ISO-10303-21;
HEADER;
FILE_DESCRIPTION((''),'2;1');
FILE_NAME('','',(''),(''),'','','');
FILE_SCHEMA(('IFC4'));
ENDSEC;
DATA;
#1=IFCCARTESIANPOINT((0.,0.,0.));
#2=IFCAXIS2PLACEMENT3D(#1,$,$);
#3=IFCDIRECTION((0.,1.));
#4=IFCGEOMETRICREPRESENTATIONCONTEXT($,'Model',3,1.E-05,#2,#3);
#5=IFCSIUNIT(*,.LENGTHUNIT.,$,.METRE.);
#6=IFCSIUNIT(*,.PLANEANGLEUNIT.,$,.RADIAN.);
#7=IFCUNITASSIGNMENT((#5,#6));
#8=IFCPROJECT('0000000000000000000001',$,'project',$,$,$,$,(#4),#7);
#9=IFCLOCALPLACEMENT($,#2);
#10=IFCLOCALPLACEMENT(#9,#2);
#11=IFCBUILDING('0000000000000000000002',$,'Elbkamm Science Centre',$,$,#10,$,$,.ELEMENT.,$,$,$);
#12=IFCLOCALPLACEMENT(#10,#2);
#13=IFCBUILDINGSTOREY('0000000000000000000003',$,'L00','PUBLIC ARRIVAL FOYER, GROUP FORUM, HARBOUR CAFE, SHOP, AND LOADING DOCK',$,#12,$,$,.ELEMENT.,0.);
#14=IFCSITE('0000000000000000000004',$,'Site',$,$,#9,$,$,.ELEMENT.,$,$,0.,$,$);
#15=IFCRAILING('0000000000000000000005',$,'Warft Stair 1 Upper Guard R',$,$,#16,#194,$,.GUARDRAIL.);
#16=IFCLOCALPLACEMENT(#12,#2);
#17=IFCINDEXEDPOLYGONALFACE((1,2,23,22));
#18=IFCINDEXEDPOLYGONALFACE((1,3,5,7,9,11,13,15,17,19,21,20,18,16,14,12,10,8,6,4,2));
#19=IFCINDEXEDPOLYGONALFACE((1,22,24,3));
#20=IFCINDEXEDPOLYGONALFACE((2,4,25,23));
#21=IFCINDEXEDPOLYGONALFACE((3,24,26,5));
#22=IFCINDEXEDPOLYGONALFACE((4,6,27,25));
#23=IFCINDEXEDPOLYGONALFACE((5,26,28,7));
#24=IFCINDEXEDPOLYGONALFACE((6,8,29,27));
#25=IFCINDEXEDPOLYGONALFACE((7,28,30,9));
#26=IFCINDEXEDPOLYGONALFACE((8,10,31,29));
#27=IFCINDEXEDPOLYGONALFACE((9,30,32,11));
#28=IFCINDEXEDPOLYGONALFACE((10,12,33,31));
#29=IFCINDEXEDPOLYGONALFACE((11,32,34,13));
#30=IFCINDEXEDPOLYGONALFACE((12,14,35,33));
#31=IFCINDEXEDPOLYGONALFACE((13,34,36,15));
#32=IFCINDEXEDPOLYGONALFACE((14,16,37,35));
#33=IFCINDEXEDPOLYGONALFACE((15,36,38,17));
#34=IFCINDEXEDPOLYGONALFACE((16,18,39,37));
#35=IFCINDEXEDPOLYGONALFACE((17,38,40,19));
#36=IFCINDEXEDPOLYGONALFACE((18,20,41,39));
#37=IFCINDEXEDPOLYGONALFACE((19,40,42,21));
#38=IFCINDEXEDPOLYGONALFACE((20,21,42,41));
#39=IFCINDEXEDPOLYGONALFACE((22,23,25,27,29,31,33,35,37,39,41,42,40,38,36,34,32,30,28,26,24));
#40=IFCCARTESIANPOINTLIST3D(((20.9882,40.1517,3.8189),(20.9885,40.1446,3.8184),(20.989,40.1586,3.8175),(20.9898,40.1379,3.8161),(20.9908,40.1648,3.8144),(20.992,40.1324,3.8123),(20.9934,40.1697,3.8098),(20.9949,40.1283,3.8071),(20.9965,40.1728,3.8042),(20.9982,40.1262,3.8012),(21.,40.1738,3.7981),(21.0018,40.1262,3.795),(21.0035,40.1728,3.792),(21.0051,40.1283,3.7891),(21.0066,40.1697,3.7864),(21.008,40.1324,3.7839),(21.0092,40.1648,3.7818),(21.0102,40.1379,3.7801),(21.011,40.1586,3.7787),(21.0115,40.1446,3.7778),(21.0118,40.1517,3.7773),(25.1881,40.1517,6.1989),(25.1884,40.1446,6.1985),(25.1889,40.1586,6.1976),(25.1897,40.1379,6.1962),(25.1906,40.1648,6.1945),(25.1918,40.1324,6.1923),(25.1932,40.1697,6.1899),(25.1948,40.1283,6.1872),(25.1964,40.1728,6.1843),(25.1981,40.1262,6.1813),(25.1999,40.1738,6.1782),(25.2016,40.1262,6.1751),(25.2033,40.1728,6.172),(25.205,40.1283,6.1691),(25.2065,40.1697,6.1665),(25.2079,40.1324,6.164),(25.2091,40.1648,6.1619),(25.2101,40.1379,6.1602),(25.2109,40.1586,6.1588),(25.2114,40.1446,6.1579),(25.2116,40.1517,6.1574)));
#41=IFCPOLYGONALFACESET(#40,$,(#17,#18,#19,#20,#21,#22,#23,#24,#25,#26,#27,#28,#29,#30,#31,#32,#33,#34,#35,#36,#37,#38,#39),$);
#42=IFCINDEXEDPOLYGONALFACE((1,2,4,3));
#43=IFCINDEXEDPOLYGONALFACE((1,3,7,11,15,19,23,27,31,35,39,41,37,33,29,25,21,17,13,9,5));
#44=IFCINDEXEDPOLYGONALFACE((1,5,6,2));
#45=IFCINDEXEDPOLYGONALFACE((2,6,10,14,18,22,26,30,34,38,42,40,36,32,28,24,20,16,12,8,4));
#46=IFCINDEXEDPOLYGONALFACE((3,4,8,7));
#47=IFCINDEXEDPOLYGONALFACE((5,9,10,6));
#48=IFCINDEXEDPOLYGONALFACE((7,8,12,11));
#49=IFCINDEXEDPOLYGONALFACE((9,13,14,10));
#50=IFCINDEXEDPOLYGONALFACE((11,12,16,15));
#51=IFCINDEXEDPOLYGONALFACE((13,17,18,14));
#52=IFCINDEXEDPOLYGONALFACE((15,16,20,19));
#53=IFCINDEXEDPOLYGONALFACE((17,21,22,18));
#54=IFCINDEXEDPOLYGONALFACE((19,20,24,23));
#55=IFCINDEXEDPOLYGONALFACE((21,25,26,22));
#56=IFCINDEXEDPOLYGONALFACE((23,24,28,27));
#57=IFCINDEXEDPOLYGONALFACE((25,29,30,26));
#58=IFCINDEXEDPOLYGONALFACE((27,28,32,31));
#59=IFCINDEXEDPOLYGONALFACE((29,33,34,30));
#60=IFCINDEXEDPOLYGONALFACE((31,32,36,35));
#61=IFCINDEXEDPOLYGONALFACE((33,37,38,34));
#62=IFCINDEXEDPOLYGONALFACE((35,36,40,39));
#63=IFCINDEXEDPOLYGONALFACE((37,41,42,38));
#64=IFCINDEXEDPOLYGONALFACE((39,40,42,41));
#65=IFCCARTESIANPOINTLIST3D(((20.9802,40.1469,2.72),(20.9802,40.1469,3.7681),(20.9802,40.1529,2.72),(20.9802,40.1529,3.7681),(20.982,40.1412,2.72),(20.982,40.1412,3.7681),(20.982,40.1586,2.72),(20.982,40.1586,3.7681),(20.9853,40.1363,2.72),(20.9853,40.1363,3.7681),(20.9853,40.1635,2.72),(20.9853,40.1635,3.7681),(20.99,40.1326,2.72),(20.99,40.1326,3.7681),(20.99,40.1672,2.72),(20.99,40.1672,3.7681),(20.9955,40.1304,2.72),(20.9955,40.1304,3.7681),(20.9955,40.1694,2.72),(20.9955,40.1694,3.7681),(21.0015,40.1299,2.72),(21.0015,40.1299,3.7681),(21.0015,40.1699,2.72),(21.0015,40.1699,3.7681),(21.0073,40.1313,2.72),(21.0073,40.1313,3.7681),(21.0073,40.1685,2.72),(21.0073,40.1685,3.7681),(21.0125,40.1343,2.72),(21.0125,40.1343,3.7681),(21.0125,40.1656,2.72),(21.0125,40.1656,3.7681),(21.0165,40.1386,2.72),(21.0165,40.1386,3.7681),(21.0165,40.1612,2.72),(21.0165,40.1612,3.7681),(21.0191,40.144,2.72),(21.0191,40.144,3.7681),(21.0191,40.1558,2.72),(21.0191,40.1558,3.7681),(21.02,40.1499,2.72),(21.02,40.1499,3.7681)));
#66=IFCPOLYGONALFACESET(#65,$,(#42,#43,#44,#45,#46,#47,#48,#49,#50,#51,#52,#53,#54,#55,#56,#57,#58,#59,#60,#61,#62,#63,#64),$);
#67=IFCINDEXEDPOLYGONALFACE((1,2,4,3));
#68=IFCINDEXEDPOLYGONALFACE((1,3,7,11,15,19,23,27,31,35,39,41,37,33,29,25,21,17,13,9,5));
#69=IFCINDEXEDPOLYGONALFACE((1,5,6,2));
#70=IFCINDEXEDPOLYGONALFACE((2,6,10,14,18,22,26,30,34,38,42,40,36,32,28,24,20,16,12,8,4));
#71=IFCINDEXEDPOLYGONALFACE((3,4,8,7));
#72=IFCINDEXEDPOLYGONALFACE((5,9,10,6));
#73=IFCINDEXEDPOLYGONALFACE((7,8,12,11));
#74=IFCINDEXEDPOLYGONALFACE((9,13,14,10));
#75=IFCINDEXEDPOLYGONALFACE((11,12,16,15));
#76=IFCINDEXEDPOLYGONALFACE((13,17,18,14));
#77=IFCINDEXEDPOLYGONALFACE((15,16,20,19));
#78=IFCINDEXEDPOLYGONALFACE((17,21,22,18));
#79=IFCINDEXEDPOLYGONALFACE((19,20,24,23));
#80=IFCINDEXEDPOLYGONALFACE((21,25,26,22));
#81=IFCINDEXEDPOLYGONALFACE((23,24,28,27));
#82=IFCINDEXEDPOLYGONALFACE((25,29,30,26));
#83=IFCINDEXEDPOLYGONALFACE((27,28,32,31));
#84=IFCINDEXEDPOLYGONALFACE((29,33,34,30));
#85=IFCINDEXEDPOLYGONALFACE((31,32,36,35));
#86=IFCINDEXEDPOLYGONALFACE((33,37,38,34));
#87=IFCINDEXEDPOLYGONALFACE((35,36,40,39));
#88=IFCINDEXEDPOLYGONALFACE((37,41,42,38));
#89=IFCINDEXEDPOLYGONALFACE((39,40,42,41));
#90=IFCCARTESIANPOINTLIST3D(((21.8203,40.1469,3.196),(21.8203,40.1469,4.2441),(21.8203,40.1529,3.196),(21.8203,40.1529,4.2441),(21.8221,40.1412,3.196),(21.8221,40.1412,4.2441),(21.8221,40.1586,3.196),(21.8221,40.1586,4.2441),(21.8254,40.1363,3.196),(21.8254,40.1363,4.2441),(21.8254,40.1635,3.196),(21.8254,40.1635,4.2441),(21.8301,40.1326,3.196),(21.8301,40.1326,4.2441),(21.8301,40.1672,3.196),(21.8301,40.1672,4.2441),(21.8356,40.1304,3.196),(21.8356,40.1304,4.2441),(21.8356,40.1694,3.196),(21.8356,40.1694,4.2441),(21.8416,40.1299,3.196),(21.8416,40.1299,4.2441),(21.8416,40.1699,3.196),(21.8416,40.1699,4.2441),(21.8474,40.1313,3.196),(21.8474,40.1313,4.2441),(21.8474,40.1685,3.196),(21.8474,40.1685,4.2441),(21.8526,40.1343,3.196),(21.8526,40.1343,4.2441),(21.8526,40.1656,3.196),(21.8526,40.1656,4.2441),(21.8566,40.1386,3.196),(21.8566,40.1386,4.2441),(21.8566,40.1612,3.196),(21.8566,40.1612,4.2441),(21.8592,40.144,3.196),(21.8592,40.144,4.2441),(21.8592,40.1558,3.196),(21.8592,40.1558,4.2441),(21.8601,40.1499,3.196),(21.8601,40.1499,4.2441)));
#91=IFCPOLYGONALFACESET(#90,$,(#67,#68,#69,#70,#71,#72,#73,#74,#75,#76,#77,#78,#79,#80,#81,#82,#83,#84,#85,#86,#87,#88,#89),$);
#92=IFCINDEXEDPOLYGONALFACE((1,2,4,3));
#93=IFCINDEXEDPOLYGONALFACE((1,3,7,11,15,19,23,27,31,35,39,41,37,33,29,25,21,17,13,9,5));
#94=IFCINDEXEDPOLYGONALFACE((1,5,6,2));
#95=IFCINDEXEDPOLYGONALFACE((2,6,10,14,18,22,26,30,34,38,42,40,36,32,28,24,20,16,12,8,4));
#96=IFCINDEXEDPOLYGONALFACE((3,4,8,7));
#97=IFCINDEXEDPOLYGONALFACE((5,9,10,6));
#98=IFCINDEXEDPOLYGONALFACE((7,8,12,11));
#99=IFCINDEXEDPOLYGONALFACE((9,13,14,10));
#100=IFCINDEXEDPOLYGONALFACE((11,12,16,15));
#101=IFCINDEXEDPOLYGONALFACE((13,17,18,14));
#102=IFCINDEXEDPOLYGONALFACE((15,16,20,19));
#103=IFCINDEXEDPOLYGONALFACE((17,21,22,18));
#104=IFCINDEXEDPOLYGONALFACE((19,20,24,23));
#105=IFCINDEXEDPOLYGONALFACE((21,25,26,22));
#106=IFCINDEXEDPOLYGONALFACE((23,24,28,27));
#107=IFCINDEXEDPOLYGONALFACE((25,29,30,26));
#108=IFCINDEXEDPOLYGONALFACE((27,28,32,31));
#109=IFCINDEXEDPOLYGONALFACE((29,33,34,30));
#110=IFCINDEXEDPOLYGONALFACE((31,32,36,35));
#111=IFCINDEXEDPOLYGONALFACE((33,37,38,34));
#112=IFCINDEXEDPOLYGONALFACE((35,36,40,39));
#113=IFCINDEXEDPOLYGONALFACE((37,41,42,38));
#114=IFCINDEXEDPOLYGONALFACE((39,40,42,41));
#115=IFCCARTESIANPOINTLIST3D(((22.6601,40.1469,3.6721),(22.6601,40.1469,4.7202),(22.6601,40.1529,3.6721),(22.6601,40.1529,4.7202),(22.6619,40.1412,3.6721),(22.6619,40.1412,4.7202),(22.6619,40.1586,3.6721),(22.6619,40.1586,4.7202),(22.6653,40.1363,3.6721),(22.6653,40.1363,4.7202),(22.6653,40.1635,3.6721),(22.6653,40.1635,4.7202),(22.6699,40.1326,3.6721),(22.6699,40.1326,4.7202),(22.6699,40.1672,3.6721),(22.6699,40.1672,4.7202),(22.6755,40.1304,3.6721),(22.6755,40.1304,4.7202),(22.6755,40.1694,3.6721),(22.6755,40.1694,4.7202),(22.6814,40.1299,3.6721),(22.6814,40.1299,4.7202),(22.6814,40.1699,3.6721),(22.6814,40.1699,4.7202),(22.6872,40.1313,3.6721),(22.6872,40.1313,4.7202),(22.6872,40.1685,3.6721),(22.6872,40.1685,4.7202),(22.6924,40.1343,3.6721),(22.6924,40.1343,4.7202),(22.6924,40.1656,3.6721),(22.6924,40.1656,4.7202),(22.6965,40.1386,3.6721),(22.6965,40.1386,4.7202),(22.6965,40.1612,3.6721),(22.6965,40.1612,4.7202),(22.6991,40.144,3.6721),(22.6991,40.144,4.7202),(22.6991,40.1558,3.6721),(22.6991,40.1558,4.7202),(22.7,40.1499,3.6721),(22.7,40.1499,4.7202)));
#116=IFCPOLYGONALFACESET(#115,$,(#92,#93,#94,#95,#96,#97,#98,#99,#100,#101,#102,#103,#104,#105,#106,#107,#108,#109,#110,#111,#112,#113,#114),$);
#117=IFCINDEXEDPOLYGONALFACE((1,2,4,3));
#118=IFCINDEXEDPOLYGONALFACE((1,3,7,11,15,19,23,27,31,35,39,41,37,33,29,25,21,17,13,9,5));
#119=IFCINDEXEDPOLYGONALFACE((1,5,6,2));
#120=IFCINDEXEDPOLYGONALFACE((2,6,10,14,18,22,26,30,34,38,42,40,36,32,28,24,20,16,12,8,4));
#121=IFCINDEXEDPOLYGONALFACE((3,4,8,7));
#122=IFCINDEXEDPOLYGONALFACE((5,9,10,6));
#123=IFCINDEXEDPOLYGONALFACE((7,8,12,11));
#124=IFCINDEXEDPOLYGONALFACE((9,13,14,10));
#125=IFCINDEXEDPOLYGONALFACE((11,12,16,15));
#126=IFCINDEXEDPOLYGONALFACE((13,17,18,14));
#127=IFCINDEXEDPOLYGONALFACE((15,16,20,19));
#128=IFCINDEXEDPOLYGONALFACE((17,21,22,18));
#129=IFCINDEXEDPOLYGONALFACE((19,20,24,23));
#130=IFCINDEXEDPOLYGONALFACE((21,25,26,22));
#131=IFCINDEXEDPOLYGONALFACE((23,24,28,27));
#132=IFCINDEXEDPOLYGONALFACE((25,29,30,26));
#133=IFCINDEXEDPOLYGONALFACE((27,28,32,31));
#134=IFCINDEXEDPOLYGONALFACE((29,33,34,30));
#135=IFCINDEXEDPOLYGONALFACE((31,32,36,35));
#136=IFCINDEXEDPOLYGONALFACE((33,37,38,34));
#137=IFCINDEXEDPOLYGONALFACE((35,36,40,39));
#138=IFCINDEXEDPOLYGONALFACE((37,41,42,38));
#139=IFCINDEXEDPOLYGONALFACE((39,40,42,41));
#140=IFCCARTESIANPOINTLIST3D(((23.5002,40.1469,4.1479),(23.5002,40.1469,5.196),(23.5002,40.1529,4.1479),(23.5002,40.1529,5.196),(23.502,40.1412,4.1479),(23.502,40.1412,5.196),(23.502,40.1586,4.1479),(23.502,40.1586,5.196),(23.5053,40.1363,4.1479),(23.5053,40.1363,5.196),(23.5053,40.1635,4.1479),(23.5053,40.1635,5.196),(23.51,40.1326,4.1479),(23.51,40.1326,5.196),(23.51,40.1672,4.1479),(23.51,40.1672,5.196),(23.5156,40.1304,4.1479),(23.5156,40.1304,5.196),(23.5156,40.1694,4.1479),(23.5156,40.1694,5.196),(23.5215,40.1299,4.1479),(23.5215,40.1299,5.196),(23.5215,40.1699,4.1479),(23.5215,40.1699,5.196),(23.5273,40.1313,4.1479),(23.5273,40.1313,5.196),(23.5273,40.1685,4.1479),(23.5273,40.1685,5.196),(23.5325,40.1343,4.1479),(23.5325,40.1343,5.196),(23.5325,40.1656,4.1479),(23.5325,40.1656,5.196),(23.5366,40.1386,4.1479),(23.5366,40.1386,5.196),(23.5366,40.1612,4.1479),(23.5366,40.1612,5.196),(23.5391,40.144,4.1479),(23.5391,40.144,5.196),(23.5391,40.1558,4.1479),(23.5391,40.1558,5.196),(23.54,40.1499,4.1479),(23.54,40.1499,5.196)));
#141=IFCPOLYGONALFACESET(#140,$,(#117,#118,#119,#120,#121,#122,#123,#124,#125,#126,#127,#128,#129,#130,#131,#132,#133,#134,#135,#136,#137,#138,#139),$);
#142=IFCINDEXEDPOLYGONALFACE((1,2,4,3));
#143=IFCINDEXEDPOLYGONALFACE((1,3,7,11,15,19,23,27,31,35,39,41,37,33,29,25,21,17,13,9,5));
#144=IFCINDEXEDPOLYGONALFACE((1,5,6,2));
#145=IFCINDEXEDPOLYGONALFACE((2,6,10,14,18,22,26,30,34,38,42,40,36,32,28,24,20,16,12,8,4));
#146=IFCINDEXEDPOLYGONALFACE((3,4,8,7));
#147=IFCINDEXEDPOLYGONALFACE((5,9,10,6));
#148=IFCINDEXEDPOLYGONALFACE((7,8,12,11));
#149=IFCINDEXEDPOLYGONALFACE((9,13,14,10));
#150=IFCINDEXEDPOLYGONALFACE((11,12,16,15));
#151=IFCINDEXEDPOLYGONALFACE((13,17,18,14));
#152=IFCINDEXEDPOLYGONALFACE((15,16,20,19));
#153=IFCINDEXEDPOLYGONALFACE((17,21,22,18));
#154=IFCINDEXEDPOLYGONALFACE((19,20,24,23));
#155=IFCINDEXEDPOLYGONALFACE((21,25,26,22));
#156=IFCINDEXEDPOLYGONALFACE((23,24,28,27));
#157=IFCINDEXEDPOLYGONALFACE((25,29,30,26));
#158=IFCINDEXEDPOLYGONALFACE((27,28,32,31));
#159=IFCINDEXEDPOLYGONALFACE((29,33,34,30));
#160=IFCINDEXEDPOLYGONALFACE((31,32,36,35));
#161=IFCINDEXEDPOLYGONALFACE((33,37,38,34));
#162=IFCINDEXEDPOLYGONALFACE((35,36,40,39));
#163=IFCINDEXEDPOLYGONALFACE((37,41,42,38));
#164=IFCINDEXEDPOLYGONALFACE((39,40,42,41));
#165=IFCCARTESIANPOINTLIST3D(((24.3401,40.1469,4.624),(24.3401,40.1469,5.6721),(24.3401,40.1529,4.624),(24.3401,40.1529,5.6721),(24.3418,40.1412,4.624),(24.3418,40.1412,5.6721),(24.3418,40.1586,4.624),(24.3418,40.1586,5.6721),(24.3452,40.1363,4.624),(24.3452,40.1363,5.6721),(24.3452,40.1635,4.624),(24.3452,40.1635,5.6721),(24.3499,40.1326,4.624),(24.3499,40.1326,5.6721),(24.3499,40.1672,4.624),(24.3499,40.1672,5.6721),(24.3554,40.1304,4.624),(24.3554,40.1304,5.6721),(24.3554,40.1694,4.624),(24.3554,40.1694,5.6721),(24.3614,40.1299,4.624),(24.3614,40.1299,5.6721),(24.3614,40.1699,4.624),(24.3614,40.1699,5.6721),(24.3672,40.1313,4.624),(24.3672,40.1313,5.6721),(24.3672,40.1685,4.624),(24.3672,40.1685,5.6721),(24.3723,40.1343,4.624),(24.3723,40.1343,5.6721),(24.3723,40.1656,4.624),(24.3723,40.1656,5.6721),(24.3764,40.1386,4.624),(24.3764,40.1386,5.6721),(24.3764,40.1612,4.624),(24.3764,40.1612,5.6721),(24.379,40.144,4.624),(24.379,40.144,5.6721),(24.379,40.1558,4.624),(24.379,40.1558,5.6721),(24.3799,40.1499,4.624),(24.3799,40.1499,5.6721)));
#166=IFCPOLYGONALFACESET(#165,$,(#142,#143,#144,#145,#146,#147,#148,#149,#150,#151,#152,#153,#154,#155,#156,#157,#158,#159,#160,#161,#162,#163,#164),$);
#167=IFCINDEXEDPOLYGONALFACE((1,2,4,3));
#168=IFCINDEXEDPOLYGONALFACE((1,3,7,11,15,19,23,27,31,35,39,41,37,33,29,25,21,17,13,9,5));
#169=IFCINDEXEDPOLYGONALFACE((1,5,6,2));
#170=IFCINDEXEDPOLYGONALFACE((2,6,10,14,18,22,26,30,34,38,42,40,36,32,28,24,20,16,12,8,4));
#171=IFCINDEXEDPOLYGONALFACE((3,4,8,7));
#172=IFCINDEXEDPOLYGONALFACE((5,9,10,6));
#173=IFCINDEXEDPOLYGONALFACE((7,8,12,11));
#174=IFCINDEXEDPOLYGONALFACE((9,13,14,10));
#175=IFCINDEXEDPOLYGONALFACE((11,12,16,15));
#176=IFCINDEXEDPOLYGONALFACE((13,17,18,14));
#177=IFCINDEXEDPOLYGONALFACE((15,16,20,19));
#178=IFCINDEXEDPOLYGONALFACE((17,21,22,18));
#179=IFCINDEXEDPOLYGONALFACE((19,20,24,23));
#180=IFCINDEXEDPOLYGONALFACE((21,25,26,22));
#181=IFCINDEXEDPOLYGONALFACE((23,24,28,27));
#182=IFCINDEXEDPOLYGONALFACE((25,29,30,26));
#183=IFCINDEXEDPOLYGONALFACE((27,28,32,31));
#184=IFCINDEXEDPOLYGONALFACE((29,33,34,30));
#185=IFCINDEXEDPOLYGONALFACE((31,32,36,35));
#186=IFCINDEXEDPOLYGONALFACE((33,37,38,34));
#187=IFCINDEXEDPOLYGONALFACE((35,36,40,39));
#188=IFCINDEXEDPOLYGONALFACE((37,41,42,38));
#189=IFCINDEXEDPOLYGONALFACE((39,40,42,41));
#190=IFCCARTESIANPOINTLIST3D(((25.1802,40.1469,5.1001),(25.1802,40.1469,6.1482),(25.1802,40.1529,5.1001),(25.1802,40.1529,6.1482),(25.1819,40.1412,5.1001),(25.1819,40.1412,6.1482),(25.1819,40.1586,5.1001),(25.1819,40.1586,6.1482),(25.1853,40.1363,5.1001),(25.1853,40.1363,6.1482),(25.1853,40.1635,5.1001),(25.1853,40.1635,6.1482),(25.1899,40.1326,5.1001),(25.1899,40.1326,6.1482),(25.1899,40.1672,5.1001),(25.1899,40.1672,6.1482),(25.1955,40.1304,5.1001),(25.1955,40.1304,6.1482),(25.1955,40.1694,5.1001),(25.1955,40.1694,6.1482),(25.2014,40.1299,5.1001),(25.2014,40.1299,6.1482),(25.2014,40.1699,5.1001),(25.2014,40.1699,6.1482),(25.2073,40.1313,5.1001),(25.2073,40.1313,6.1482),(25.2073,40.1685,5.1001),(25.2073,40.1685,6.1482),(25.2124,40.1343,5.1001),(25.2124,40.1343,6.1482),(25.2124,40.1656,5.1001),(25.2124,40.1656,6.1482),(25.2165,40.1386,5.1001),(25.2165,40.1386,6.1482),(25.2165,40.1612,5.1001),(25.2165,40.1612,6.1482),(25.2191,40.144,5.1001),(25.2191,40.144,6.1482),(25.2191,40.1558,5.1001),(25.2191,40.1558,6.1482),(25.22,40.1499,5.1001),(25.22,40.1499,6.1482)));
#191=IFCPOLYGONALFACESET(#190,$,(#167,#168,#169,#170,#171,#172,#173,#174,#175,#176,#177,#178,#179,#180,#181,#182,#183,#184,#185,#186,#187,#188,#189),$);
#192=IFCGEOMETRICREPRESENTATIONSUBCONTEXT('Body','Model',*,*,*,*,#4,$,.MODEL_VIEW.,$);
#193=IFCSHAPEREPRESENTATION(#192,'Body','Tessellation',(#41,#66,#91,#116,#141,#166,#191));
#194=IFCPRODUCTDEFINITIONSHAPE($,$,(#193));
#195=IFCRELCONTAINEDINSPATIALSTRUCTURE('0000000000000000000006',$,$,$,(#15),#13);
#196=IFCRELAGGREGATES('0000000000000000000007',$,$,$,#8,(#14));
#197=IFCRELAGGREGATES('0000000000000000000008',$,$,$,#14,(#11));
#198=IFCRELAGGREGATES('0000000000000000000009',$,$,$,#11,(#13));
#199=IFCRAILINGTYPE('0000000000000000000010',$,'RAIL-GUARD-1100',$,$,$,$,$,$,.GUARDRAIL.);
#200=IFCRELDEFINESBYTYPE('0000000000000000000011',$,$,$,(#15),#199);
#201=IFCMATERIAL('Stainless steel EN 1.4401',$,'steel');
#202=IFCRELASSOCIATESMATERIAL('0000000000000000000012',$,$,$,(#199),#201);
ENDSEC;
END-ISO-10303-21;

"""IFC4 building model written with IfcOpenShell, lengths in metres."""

from ifc_helpers import new_model, si_unit, direction, frame, origin, origin_2d, place, context, subcontext, project, spatial, circle, extrude, material, type_object, element, save


model = new_model("IFC4")

# Units and contexts
model_context = context("Model", 3, precision=1e-05, world=origin(), true_north=direction((0.0, 1.0)))
body_context = subcontext(model_context, "Body", "Model", "MODEL_VIEW")
ifc_project = project(units=[si_unit("LENGTHUNIT", "METRE"), si_unit("PLANEANGLEUNIT", "RADIAN")], contexts=[model_context])

# Site, building, storey
site_placement = place(None, origin())
site = spatial("IfcSite", under=ifc_project, at=site_placement, Name="Site", CompositionType="ELEMENT", RefElevation=0.0)
building_placement = place(site_placement, origin())
building = spatial("IfcBuilding", under=site, at=building_placement, Name="Elbkamm Science Centre", CompositionType="ELEMENT")
storey_placement = place(building_placement, origin())
storey = spatial("IfcBuildingStorey", under=building, at=storey_placement, Name="L00", Description="PUBLIC ARRIVAL FOYER, GROUP FORUM, HARBOUR CAFE, SHOP, AND LOADING DOCK", CompositionType="ELEMENT", Elevation=0.0)

# Railing
ifc_material_1 = material(Name="Stainless steel EN 1.4401", Category="steel")
railing_type_1 = type_object("IfcRailingType", Name="RAIL-GUARD-1100", PredefinedType="GUARDRAIL", material=ifc_material_1)
for number, where, name in (
    (1, (21.0, 40.1499, 2.72), "Warft Stair 1 Upper Guard R"),
):
    element("IfcRailing", number, at=place(storey_placement, frame(where)), inside=storey, type_object=railing_type_1, Name=name, PredefinedType="GUARDRAIL", context=body_context, shape_type="SweptSolid", body=[
        extrude(circle(Radius=0.0239, at=origin_2d()), frame((0.0, 0.0, 1.0781), z_axis=(0.870008, 0.0, 0.493037), x_axis=(0.0, 1.0, 0.0)), (0.0, 0.0, 1.0), 4.8274),
        extrude(circle(Radius=0.02, at=origin_2d()), origin(), (0.0, 0.0, 1.0), 1.0481),
        extrude(circle(Radius=0.02, at=origin_2d()), frame((0.8401, 0.0, 0.4761)), (0.0, 0.0, 1.0), 1.0481),
        extrude(circle(Radius=0.02, at=origin_2d()), frame((1.6799, 0.0, 0.9521)), (0.0, 0.0, 1.0), 1.0481),
        extrude(circle(Radius=0.02, at=origin_2d()), frame((2.52, 0.0, 1.428)), (0.0, 0.0, 1.0), 1.0481),
        extrude(circle(Radius=0.02, at=origin_2d()), frame((3.3599, 0.0, 1.9041)), (0.0, 0.0, 1.0), 1.0481),
        extrude(circle(Radius=0.02, at=origin_2d()), frame((4.2, 0.0, 2.3801)), (0.0, 0.0, 1.0), 1.0481),
    ])

save(model, "model.ifc")
